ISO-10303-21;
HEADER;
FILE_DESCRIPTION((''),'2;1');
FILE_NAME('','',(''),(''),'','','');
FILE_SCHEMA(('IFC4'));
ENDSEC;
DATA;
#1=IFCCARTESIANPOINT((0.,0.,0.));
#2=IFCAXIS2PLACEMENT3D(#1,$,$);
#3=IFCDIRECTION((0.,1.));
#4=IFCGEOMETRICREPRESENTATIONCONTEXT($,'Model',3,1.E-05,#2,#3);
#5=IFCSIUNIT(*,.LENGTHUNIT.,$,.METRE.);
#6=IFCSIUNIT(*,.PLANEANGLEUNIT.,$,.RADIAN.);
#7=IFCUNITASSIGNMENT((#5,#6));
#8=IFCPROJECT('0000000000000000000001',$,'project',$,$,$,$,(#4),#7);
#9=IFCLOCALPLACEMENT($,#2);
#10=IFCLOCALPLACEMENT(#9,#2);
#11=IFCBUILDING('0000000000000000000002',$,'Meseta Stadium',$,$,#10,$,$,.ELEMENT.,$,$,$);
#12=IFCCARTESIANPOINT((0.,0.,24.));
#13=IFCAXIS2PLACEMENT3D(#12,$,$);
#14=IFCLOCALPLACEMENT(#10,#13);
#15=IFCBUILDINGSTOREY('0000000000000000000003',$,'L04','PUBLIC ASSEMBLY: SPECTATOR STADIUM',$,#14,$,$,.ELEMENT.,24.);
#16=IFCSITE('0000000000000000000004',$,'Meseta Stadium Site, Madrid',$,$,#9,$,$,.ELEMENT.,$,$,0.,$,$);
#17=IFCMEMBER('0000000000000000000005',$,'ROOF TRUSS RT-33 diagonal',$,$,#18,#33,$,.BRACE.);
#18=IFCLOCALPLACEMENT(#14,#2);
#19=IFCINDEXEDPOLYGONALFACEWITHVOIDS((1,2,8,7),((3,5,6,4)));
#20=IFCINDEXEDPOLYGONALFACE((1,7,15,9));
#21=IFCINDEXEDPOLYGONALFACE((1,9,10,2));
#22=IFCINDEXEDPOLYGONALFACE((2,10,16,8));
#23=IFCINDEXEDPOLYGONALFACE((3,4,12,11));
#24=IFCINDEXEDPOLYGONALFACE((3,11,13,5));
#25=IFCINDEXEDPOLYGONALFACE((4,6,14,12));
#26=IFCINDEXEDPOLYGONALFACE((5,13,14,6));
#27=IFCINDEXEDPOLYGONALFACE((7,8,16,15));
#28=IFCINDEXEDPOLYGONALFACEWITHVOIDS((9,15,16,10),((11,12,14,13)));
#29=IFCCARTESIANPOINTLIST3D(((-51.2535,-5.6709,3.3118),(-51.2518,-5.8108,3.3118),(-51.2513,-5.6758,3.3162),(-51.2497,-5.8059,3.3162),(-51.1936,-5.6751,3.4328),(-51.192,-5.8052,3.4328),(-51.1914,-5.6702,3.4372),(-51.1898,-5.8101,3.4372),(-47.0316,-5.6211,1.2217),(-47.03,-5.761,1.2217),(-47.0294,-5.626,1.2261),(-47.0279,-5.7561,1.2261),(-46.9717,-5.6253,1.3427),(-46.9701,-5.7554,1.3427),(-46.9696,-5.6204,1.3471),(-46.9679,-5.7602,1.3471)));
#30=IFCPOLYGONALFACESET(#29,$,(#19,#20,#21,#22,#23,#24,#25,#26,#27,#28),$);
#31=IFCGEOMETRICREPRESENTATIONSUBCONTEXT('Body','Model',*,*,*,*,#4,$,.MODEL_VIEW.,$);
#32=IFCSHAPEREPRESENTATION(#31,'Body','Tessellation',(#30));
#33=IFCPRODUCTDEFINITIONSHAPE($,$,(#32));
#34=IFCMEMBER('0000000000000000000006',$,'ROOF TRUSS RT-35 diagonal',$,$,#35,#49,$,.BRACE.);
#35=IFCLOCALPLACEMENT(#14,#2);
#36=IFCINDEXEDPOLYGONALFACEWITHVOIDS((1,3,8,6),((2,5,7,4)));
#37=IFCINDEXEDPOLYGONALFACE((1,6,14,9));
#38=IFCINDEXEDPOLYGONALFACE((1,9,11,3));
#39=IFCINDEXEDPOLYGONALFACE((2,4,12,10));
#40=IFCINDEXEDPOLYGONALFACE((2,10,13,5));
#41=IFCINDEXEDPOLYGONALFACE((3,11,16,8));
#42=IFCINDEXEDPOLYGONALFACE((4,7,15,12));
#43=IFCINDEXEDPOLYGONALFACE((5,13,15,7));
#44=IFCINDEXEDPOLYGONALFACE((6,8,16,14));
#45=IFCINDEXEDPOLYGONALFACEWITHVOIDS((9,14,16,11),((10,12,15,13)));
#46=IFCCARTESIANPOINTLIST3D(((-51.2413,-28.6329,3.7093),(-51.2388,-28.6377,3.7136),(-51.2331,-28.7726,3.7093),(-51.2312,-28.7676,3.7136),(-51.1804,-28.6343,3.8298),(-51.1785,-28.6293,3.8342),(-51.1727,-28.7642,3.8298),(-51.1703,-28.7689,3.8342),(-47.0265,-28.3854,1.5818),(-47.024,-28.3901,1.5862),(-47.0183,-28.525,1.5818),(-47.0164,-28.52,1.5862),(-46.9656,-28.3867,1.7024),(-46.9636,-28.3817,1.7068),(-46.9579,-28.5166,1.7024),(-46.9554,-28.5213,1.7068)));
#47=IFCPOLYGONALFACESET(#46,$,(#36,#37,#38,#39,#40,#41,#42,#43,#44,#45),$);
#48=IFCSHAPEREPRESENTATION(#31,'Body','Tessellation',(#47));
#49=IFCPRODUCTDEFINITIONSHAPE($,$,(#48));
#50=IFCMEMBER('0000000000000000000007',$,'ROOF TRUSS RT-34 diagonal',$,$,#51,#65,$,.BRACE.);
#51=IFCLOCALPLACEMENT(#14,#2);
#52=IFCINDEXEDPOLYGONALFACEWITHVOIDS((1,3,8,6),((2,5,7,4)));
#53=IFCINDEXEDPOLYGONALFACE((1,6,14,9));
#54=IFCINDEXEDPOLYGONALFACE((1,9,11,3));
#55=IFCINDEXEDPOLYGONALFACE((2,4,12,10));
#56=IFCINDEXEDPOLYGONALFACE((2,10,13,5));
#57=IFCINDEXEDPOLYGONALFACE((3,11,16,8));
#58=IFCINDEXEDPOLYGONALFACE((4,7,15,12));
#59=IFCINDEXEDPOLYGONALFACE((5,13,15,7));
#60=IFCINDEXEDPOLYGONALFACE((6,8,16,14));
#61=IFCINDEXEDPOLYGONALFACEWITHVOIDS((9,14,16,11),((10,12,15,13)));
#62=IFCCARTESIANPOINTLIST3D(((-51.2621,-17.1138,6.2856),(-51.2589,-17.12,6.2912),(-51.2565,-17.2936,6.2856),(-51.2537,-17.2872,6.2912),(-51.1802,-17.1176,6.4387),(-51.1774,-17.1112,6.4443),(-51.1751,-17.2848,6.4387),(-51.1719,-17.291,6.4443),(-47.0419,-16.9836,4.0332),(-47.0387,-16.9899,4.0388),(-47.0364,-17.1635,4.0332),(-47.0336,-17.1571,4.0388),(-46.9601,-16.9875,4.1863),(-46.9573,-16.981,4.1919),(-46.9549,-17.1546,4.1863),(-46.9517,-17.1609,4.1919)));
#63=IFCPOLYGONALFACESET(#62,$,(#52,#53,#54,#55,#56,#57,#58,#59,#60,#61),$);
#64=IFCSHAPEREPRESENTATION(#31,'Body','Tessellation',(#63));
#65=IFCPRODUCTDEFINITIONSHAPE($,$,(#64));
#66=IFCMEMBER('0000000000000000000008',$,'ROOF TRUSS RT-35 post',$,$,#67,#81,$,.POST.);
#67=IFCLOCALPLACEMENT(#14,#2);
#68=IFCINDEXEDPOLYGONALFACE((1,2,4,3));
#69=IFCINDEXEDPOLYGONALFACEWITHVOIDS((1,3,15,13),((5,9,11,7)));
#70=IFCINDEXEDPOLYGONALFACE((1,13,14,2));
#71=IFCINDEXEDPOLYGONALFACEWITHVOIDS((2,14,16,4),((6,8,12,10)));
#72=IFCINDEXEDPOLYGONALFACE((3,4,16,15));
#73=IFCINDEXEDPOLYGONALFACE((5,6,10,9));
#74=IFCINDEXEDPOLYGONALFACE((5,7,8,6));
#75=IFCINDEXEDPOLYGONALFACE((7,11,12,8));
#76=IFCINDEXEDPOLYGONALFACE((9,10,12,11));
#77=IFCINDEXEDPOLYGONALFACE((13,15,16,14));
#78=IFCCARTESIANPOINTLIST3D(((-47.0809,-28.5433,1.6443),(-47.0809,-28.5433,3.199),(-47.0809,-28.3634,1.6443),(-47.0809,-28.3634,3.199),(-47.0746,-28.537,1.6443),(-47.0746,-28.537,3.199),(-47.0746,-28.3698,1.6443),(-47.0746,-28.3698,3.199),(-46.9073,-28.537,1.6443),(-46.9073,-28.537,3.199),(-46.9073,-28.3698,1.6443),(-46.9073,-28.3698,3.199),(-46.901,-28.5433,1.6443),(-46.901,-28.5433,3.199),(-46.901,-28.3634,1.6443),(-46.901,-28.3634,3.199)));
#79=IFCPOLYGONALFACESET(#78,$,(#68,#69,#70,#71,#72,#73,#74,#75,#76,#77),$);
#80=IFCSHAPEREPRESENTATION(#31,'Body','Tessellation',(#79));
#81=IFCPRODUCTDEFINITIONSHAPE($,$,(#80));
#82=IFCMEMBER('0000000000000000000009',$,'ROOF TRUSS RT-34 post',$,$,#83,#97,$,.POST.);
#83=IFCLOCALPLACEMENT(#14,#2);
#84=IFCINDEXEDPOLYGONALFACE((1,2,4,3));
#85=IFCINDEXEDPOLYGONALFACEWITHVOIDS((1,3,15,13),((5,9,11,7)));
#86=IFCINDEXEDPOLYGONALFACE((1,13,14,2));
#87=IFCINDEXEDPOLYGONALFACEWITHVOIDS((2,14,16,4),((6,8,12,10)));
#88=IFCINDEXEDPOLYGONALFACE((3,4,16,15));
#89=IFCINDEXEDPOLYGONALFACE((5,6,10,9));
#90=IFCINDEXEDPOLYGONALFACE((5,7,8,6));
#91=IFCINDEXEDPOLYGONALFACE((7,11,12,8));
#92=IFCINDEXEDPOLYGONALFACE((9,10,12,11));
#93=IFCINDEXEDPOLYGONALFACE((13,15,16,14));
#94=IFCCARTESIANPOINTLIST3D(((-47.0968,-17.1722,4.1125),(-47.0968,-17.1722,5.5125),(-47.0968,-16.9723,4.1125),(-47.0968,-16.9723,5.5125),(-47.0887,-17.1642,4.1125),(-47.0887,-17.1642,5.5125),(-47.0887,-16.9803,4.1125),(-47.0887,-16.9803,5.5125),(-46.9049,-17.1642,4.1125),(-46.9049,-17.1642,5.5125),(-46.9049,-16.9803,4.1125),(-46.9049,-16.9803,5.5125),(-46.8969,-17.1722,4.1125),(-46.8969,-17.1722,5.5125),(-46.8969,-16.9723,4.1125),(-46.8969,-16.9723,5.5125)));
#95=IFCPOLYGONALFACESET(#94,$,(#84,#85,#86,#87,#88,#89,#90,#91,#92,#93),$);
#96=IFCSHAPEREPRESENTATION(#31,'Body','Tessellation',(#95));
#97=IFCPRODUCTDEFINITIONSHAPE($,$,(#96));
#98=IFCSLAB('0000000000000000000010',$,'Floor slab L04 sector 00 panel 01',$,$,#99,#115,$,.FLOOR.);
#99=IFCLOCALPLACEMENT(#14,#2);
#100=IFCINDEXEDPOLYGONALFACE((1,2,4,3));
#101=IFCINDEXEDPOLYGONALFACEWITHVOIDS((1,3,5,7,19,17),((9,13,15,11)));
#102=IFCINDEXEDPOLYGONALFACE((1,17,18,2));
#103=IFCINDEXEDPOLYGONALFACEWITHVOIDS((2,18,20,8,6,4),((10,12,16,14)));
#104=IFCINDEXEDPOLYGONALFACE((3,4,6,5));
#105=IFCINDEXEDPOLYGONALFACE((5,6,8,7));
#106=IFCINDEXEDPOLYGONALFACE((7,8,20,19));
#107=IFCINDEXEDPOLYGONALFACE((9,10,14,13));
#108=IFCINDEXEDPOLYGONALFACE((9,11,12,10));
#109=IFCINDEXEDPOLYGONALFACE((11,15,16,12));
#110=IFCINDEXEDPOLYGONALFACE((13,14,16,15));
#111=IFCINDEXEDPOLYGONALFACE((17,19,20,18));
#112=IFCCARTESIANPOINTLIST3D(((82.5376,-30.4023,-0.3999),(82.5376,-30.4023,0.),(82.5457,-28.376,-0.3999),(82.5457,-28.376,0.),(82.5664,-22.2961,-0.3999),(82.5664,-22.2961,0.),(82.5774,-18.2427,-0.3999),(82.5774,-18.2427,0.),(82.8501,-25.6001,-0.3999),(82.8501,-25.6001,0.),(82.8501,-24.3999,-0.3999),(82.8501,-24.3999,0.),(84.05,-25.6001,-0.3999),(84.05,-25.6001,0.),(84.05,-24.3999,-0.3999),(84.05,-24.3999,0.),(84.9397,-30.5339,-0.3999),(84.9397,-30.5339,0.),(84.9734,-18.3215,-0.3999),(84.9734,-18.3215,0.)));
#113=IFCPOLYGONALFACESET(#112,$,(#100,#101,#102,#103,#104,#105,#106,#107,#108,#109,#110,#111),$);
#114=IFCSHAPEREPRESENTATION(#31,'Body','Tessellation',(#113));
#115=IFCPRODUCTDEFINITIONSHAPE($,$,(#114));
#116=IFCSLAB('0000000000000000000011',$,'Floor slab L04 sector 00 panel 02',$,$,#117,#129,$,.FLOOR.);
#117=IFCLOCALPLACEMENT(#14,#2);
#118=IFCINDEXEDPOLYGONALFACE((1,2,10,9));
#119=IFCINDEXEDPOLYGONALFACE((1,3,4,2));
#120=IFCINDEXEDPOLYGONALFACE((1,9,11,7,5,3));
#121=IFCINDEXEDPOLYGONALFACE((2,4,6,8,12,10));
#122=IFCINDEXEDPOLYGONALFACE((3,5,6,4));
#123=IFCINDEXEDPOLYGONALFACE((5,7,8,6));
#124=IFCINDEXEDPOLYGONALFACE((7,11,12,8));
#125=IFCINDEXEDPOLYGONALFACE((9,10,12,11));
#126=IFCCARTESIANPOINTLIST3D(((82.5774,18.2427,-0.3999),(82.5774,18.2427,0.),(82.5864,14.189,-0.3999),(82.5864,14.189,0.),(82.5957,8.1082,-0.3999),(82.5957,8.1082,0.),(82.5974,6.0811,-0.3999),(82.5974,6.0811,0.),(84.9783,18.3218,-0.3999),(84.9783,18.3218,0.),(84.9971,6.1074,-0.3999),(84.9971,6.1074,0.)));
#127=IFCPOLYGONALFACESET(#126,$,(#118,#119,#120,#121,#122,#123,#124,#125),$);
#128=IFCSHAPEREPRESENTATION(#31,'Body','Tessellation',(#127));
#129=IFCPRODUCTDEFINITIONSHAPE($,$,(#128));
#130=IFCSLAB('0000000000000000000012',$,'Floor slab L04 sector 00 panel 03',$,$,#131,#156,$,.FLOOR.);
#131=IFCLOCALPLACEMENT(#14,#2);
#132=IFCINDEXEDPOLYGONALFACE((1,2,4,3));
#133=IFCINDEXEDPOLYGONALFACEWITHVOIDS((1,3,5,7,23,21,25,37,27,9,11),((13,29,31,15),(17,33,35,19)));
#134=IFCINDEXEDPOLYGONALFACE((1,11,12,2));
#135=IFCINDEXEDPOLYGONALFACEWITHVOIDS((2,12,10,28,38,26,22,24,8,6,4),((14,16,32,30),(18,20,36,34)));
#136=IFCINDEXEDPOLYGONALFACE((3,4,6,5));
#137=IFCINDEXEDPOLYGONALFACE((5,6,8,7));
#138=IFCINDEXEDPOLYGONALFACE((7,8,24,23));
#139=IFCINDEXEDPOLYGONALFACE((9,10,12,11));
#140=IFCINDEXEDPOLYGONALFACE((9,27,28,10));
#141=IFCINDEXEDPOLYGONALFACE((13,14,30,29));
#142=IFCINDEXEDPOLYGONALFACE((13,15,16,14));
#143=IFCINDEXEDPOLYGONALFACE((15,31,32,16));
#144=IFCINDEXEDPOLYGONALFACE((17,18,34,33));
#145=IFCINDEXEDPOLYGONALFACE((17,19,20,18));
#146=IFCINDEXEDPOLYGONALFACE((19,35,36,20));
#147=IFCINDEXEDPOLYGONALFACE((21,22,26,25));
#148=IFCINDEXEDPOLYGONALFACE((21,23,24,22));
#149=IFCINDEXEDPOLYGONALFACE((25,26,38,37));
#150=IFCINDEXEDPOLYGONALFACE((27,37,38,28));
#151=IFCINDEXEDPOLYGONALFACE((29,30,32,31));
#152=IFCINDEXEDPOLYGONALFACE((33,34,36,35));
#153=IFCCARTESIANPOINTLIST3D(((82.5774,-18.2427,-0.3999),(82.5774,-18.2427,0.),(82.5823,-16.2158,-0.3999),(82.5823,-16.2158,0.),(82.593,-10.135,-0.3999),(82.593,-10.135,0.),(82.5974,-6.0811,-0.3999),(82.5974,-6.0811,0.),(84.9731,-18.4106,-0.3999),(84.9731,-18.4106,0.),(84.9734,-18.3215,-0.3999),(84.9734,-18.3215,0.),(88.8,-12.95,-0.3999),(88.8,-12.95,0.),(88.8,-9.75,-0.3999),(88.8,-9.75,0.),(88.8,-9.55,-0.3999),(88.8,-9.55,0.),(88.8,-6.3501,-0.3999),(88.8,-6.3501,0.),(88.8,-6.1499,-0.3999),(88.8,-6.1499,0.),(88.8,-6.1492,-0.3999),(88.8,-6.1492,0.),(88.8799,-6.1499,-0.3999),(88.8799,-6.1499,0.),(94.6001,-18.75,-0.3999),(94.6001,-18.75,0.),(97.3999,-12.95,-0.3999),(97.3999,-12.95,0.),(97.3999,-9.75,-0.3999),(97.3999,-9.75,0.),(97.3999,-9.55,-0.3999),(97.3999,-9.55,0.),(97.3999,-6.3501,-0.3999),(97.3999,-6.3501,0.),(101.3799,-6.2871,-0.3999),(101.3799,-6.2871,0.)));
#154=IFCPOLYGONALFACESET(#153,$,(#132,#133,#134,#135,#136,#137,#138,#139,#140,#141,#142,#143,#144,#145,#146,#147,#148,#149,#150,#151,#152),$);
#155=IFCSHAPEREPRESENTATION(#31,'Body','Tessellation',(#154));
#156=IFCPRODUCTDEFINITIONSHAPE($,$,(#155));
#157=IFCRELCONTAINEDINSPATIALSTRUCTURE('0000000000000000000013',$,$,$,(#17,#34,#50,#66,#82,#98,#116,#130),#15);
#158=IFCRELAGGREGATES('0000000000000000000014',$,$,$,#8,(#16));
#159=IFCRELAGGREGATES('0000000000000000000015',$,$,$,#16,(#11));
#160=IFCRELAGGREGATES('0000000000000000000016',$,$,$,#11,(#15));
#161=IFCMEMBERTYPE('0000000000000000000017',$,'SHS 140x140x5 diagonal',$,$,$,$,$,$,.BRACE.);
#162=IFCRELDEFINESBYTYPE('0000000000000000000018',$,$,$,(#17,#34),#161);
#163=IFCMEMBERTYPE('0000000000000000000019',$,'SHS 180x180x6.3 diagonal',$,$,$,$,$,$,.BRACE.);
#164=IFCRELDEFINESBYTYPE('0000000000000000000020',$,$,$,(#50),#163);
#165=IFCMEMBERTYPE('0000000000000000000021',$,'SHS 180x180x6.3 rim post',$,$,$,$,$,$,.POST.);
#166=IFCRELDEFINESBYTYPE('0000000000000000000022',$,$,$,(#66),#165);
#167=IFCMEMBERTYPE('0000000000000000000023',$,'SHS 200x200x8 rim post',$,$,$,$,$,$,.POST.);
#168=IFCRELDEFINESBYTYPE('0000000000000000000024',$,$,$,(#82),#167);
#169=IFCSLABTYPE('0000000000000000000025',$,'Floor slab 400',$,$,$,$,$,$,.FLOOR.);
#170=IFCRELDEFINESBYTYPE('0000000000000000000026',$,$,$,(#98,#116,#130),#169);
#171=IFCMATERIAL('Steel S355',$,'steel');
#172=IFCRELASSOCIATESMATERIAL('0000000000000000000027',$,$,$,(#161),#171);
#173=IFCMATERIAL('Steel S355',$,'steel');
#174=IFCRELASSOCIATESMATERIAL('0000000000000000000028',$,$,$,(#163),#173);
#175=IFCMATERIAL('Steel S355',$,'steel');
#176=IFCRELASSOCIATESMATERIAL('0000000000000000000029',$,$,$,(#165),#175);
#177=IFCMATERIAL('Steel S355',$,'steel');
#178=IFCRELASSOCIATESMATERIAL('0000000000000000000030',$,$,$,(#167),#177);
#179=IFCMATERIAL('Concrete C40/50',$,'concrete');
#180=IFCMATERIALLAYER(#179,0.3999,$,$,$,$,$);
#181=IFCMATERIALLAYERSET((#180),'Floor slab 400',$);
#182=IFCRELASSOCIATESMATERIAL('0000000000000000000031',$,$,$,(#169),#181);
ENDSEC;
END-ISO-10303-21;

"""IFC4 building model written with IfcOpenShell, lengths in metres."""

from ifc_helpers import new_model, si_unit, direction, frame, origin, origin_2d, place, context, subcontext, project, spatial, polyline, hollow_rectangle, outline, extrude, material, layer, layer_set, material_profile, profile_set, type_object, element, save


model = new_model("IFC4")

# Units and contexts
model_context = context("Model", 3, precision=1e-05, world=origin(), true_north=direction((0.0, 1.0)))
body_context = subcontext(model_context, "Body", "Model", "MODEL_VIEW")
ifc_project = project(units=[si_unit("LENGTHUNIT", "METRE"), si_unit("PLANEANGLEUNIT", "RADIAN")], contexts=[model_context])

# Site, building, storey
site_placement = place(None, origin())
site = spatial("IfcSite", under=ifc_project, at=site_placement, Name="Meseta Stadium Site, Madrid", CompositionType="ELEMENT", RefElevation=0.0)
building_placement = place(site_placement, origin())
building = spatial("IfcBuilding", under=site, at=building_placement, Name="Meseta Stadium", CompositionType="ELEMENT")
storey_placement = place(building_placement, frame((0.0, 0.0, 24.0)))
storey = spatial("IfcBuildingStorey", under=building, at=storey_placement, Name="L04", Description="PUBLIC ASSEMBLY: SPECTATOR STADIUM", CompositionType="ELEMENT", Elevation=24.0)

# Members
ifc_material_1 = material(Name="Steel S355", Category="steel")
ifc_material_profile_1 = material_profile(ifc_material_1, hollow_rectangle(XDim=0.1399, YDim=0.1399, WallThickness=0.0049, at=origin_2d()), Name="SHS 140x140x5")
ifc_profile_set_1 = profile_set([ifc_material_profile_1], Name="Steel S355")
member_type_1 = type_object("IfcMemberType", Name="SHS 140x140x5 diagonal", PredefinedType="BRACE", material=ifc_profile_set_1)
member_1_placement = place(storey_placement, frame((-46.9998, -5.6907, 1.2844), z_axis=(-0.896142, -0.010572, 0.443641), x_axis=(0.011796, -0.99993, 0.0)))
element("IfcMember", 1, at=member_1_placement, inside=storey, type_object=member_type_1, Name="ROOF TRUSS RT-33 diagonal", PredefinedType="BRACE", context=body_context, shape_type="SweptSolid", body=[
    extrude(hollow_rectangle(XDim=0.1399, YDim=0.1399, WallThickness=0.0049, at=origin_2d()), origin(), (0.0, 0.0, 1.0), 4.7112),
])
member_2_placement = place(storey_placement, frame((-46.991, -28.4534, 1.6443), z_axis=(-0.8915, -0.052362, 0.449984), x_axis=(0.058634, -0.99828, 0.0)))
element("IfcMember", 2, at=member_2_placement, inside=storey, type_object=member_type_1, Name="ROOF TRUSS RT-35 diagonal", PredefinedType="BRACE", context=body_context, shape_type="SweptSolid", body=[
    extrude(hollow_rectangle(XDim=0.1399, YDim=0.1399, WallThickness=0.0049, at=origin_2d()), origin(), (0.0, 0.0, 1.0), 4.7278),
])
ifc_material_2 = material(Name="Steel S355", Category="steel")
ifc_material_profile_2 = material_profile(ifc_material_2, hollow_rectangle(XDim=0.1799, YDim=0.1799, WallThickness=0.0063, at=origin_2d()), Name="SHS 180x180x6.3")
ifc_profile_set_2 = profile_set([ifc_material_profile_2], Name="Steel S355")
member_type_2 = type_object("IfcMemberType", Name="SHS 180x180x6.3 diagonal", PredefinedType="BRACE", material=ifc_profile_set_2)
member_3_placement = place(storey_placement, frame((-46.9968, -17.0723, 4.1125), z_axis=(-0.881883, -0.027192, 0.470684), x_axis=(0.03082, -0.999525, 0.0)))
element("IfcMember", 3, at=member_3_placement, inside=storey, type_object=member_type_2, Name="ROOF TRUSS RT-34 diagonal", PredefinedType="BRACE", context=body_context, shape_type="SweptSolid", body=[
    extrude(hollow_rectangle(XDim=0.1799, YDim=0.1799, WallThickness=0.0063, at=origin_2d()), origin(), (0.0, 0.0, 1.0), 4.7854),
])
ifc_material_3 = material(Name="Steel S355", Category="steel")
ifc_material_profile_3 = material_profile(ifc_material_3, hollow_rectangle(XDim=0.1799, YDim=0.1799, WallThickness=0.0063, at=origin_2d()), Name="SHS 180x180x6.3")
ifc_profile_set_3 = profile_set([ifc_material_profile_3], Name="Steel S355")
member_type_3 = type_object("IfcMemberType", Name="SHS 180x180x6.3 rim post", PredefinedType="POST", material=ifc_profile_set_3)
member_4_placement = place(storey_placement, frame((-46.991, -28.4534, 1.6443), z_axis=(0.0, 0.0, 1.0), x_axis=(1.0, 0.0, 0.0)))
element("IfcMember", 4, at=member_4_placement, inside=storey, type_object=member_type_3, Name="ROOF TRUSS RT-35 post", PredefinedType="POST", context=body_context, shape_type="SweptSolid", body=[
    extrude(hollow_rectangle(XDim=0.1799, YDim=0.1799, WallThickness=0.0063, at=origin_2d()), origin(), (0.0, 0.0, 1.0), 1.5547),
])
ifc_material_4 = material(Name="Steel S355", Category="steel")
ifc_material_profile_4 = material_profile(ifc_material_4, hollow_rectangle(XDim=0.2, YDim=0.2, WallThickness=0.0081, at=origin_2d()), Name="SHS 200x200x8")
ifc_profile_set_4 = profile_set([ifc_material_profile_4], Name="Steel S355")
member_type_4 = type_object("IfcMemberType", Name="SHS 200x200x8 rim post", PredefinedType="POST", material=ifc_profile_set_4)
member_5_placement = place(storey_placement, frame((-46.9968, -17.0723, 4.1125), z_axis=(0.0, 0.0, 1.0), x_axis=(1.0, 0.0, 0.0)))
element("IfcMember", 5, at=member_5_placement, inside=storey, type_object=member_type_4, Name="ROOF TRUSS RT-34 post", PredefinedType="POST", context=body_context, shape_type="SweptSolid", body=[
    extrude(hollow_rectangle(XDim=0.2, YDim=0.2, WallThickness=0.0081, at=origin_2d()), origin(), (0.0, 0.0, 1.0), 1.3999),
])

# Slabs
ifc_material_5 = material(Name="Concrete C40/50", Category="concrete")
ifc_layer_1 = layer(ifc_material_5, 0.3999)
ifc_layer_set_1 = layer_set([ifc_layer_1], Name="Floor slab 400")
slab_type_1 = type_object("IfcSlabType", Name="Floor slab 400", PredefinedType="FLOOR", material=ifc_layer_set_1)
slab_1_placement = place(storey_placement, frame((0.0, 0.0, -0.3999)))
element("IfcSlab", 6, at=slab_1_placement, inside=storey, type_object=slab_type_1, Name="Floor slab L04 sector 00 panel 01", PredefinedType="FLOOR", context=body_context, shape_type="SweptSolid", body=[
    extrude(outline(polyline([(82.5664, -22.2961), (82.5457, -28.376), (82.5376, -30.4023), (84.9397, -30.5339), (84.9734, -18.3215), (82.5774, -18.2427), (82.5664, -22.2961)]), holes=[polyline([(84.05, -24.3999), (84.05, -25.6001), (82.8501, -25.6001), (82.8501, -24.3999), (84.05, -24.3999)])]), origin(), (0.0, 0.0, 1.0), 0.3999),
])
slab_2_placement = place(storey_placement, frame((0.0, 0.0, -0.3999)))
element("IfcSlab", 7, at=slab_2_placement, inside=storey, type_object=slab_type_1, Name="Floor slab L04 sector 00 panel 02", PredefinedType="FLOOR", context=body_context, shape_type="SweptSolid", body=[
    extrude(outline(polyline([(82.5864, 14.189), (82.5957, 8.1082), (82.5974, 6.0811), (84.9971, 6.1074), (84.9783, 18.3218), (82.5774, 18.2427), (82.5864, 14.189)])), origin(), (0.0, 0.0, 1.0), 0.3999),
])
slab_3_placement = place(storey_placement, frame((0.0, 0.0, -0.3999)))
element("IfcSlab", 8, at=slab_3_placement, inside=storey, type_object=slab_type_1, Name="Floor slab L04 sector 00 panel 03", PredefinedType="FLOOR", context=body_context, shape_type="SweptSolid", body=[
    extrude(outline(polyline([(88.8799, -6.1499), (88.8, -6.1499), (88.8, -6.1492), (82.5974, -6.0811), (82.593, -10.135), (82.5823, -16.2158), (82.5774, -18.2427), (84.9734, -18.3215), (84.9731, -18.4106), (94.6001, -18.75), (101.3799, -6.2871), (88.8799, -6.1499)]), holes=[polyline([(97.3999, -12.95), (88.8, -12.95), (88.8, -9.75), (97.3999, -9.75), (97.3999, -12.95)]), polyline([(97.3999, -9.55), (88.8, -9.55), (88.8, -6.3501), (97.3999, -6.3501), (97.3999, -9.55)])]), origin(), (0.0, 0.0, 1.0), 0.3999),
])

save(model, "model.ifc")
